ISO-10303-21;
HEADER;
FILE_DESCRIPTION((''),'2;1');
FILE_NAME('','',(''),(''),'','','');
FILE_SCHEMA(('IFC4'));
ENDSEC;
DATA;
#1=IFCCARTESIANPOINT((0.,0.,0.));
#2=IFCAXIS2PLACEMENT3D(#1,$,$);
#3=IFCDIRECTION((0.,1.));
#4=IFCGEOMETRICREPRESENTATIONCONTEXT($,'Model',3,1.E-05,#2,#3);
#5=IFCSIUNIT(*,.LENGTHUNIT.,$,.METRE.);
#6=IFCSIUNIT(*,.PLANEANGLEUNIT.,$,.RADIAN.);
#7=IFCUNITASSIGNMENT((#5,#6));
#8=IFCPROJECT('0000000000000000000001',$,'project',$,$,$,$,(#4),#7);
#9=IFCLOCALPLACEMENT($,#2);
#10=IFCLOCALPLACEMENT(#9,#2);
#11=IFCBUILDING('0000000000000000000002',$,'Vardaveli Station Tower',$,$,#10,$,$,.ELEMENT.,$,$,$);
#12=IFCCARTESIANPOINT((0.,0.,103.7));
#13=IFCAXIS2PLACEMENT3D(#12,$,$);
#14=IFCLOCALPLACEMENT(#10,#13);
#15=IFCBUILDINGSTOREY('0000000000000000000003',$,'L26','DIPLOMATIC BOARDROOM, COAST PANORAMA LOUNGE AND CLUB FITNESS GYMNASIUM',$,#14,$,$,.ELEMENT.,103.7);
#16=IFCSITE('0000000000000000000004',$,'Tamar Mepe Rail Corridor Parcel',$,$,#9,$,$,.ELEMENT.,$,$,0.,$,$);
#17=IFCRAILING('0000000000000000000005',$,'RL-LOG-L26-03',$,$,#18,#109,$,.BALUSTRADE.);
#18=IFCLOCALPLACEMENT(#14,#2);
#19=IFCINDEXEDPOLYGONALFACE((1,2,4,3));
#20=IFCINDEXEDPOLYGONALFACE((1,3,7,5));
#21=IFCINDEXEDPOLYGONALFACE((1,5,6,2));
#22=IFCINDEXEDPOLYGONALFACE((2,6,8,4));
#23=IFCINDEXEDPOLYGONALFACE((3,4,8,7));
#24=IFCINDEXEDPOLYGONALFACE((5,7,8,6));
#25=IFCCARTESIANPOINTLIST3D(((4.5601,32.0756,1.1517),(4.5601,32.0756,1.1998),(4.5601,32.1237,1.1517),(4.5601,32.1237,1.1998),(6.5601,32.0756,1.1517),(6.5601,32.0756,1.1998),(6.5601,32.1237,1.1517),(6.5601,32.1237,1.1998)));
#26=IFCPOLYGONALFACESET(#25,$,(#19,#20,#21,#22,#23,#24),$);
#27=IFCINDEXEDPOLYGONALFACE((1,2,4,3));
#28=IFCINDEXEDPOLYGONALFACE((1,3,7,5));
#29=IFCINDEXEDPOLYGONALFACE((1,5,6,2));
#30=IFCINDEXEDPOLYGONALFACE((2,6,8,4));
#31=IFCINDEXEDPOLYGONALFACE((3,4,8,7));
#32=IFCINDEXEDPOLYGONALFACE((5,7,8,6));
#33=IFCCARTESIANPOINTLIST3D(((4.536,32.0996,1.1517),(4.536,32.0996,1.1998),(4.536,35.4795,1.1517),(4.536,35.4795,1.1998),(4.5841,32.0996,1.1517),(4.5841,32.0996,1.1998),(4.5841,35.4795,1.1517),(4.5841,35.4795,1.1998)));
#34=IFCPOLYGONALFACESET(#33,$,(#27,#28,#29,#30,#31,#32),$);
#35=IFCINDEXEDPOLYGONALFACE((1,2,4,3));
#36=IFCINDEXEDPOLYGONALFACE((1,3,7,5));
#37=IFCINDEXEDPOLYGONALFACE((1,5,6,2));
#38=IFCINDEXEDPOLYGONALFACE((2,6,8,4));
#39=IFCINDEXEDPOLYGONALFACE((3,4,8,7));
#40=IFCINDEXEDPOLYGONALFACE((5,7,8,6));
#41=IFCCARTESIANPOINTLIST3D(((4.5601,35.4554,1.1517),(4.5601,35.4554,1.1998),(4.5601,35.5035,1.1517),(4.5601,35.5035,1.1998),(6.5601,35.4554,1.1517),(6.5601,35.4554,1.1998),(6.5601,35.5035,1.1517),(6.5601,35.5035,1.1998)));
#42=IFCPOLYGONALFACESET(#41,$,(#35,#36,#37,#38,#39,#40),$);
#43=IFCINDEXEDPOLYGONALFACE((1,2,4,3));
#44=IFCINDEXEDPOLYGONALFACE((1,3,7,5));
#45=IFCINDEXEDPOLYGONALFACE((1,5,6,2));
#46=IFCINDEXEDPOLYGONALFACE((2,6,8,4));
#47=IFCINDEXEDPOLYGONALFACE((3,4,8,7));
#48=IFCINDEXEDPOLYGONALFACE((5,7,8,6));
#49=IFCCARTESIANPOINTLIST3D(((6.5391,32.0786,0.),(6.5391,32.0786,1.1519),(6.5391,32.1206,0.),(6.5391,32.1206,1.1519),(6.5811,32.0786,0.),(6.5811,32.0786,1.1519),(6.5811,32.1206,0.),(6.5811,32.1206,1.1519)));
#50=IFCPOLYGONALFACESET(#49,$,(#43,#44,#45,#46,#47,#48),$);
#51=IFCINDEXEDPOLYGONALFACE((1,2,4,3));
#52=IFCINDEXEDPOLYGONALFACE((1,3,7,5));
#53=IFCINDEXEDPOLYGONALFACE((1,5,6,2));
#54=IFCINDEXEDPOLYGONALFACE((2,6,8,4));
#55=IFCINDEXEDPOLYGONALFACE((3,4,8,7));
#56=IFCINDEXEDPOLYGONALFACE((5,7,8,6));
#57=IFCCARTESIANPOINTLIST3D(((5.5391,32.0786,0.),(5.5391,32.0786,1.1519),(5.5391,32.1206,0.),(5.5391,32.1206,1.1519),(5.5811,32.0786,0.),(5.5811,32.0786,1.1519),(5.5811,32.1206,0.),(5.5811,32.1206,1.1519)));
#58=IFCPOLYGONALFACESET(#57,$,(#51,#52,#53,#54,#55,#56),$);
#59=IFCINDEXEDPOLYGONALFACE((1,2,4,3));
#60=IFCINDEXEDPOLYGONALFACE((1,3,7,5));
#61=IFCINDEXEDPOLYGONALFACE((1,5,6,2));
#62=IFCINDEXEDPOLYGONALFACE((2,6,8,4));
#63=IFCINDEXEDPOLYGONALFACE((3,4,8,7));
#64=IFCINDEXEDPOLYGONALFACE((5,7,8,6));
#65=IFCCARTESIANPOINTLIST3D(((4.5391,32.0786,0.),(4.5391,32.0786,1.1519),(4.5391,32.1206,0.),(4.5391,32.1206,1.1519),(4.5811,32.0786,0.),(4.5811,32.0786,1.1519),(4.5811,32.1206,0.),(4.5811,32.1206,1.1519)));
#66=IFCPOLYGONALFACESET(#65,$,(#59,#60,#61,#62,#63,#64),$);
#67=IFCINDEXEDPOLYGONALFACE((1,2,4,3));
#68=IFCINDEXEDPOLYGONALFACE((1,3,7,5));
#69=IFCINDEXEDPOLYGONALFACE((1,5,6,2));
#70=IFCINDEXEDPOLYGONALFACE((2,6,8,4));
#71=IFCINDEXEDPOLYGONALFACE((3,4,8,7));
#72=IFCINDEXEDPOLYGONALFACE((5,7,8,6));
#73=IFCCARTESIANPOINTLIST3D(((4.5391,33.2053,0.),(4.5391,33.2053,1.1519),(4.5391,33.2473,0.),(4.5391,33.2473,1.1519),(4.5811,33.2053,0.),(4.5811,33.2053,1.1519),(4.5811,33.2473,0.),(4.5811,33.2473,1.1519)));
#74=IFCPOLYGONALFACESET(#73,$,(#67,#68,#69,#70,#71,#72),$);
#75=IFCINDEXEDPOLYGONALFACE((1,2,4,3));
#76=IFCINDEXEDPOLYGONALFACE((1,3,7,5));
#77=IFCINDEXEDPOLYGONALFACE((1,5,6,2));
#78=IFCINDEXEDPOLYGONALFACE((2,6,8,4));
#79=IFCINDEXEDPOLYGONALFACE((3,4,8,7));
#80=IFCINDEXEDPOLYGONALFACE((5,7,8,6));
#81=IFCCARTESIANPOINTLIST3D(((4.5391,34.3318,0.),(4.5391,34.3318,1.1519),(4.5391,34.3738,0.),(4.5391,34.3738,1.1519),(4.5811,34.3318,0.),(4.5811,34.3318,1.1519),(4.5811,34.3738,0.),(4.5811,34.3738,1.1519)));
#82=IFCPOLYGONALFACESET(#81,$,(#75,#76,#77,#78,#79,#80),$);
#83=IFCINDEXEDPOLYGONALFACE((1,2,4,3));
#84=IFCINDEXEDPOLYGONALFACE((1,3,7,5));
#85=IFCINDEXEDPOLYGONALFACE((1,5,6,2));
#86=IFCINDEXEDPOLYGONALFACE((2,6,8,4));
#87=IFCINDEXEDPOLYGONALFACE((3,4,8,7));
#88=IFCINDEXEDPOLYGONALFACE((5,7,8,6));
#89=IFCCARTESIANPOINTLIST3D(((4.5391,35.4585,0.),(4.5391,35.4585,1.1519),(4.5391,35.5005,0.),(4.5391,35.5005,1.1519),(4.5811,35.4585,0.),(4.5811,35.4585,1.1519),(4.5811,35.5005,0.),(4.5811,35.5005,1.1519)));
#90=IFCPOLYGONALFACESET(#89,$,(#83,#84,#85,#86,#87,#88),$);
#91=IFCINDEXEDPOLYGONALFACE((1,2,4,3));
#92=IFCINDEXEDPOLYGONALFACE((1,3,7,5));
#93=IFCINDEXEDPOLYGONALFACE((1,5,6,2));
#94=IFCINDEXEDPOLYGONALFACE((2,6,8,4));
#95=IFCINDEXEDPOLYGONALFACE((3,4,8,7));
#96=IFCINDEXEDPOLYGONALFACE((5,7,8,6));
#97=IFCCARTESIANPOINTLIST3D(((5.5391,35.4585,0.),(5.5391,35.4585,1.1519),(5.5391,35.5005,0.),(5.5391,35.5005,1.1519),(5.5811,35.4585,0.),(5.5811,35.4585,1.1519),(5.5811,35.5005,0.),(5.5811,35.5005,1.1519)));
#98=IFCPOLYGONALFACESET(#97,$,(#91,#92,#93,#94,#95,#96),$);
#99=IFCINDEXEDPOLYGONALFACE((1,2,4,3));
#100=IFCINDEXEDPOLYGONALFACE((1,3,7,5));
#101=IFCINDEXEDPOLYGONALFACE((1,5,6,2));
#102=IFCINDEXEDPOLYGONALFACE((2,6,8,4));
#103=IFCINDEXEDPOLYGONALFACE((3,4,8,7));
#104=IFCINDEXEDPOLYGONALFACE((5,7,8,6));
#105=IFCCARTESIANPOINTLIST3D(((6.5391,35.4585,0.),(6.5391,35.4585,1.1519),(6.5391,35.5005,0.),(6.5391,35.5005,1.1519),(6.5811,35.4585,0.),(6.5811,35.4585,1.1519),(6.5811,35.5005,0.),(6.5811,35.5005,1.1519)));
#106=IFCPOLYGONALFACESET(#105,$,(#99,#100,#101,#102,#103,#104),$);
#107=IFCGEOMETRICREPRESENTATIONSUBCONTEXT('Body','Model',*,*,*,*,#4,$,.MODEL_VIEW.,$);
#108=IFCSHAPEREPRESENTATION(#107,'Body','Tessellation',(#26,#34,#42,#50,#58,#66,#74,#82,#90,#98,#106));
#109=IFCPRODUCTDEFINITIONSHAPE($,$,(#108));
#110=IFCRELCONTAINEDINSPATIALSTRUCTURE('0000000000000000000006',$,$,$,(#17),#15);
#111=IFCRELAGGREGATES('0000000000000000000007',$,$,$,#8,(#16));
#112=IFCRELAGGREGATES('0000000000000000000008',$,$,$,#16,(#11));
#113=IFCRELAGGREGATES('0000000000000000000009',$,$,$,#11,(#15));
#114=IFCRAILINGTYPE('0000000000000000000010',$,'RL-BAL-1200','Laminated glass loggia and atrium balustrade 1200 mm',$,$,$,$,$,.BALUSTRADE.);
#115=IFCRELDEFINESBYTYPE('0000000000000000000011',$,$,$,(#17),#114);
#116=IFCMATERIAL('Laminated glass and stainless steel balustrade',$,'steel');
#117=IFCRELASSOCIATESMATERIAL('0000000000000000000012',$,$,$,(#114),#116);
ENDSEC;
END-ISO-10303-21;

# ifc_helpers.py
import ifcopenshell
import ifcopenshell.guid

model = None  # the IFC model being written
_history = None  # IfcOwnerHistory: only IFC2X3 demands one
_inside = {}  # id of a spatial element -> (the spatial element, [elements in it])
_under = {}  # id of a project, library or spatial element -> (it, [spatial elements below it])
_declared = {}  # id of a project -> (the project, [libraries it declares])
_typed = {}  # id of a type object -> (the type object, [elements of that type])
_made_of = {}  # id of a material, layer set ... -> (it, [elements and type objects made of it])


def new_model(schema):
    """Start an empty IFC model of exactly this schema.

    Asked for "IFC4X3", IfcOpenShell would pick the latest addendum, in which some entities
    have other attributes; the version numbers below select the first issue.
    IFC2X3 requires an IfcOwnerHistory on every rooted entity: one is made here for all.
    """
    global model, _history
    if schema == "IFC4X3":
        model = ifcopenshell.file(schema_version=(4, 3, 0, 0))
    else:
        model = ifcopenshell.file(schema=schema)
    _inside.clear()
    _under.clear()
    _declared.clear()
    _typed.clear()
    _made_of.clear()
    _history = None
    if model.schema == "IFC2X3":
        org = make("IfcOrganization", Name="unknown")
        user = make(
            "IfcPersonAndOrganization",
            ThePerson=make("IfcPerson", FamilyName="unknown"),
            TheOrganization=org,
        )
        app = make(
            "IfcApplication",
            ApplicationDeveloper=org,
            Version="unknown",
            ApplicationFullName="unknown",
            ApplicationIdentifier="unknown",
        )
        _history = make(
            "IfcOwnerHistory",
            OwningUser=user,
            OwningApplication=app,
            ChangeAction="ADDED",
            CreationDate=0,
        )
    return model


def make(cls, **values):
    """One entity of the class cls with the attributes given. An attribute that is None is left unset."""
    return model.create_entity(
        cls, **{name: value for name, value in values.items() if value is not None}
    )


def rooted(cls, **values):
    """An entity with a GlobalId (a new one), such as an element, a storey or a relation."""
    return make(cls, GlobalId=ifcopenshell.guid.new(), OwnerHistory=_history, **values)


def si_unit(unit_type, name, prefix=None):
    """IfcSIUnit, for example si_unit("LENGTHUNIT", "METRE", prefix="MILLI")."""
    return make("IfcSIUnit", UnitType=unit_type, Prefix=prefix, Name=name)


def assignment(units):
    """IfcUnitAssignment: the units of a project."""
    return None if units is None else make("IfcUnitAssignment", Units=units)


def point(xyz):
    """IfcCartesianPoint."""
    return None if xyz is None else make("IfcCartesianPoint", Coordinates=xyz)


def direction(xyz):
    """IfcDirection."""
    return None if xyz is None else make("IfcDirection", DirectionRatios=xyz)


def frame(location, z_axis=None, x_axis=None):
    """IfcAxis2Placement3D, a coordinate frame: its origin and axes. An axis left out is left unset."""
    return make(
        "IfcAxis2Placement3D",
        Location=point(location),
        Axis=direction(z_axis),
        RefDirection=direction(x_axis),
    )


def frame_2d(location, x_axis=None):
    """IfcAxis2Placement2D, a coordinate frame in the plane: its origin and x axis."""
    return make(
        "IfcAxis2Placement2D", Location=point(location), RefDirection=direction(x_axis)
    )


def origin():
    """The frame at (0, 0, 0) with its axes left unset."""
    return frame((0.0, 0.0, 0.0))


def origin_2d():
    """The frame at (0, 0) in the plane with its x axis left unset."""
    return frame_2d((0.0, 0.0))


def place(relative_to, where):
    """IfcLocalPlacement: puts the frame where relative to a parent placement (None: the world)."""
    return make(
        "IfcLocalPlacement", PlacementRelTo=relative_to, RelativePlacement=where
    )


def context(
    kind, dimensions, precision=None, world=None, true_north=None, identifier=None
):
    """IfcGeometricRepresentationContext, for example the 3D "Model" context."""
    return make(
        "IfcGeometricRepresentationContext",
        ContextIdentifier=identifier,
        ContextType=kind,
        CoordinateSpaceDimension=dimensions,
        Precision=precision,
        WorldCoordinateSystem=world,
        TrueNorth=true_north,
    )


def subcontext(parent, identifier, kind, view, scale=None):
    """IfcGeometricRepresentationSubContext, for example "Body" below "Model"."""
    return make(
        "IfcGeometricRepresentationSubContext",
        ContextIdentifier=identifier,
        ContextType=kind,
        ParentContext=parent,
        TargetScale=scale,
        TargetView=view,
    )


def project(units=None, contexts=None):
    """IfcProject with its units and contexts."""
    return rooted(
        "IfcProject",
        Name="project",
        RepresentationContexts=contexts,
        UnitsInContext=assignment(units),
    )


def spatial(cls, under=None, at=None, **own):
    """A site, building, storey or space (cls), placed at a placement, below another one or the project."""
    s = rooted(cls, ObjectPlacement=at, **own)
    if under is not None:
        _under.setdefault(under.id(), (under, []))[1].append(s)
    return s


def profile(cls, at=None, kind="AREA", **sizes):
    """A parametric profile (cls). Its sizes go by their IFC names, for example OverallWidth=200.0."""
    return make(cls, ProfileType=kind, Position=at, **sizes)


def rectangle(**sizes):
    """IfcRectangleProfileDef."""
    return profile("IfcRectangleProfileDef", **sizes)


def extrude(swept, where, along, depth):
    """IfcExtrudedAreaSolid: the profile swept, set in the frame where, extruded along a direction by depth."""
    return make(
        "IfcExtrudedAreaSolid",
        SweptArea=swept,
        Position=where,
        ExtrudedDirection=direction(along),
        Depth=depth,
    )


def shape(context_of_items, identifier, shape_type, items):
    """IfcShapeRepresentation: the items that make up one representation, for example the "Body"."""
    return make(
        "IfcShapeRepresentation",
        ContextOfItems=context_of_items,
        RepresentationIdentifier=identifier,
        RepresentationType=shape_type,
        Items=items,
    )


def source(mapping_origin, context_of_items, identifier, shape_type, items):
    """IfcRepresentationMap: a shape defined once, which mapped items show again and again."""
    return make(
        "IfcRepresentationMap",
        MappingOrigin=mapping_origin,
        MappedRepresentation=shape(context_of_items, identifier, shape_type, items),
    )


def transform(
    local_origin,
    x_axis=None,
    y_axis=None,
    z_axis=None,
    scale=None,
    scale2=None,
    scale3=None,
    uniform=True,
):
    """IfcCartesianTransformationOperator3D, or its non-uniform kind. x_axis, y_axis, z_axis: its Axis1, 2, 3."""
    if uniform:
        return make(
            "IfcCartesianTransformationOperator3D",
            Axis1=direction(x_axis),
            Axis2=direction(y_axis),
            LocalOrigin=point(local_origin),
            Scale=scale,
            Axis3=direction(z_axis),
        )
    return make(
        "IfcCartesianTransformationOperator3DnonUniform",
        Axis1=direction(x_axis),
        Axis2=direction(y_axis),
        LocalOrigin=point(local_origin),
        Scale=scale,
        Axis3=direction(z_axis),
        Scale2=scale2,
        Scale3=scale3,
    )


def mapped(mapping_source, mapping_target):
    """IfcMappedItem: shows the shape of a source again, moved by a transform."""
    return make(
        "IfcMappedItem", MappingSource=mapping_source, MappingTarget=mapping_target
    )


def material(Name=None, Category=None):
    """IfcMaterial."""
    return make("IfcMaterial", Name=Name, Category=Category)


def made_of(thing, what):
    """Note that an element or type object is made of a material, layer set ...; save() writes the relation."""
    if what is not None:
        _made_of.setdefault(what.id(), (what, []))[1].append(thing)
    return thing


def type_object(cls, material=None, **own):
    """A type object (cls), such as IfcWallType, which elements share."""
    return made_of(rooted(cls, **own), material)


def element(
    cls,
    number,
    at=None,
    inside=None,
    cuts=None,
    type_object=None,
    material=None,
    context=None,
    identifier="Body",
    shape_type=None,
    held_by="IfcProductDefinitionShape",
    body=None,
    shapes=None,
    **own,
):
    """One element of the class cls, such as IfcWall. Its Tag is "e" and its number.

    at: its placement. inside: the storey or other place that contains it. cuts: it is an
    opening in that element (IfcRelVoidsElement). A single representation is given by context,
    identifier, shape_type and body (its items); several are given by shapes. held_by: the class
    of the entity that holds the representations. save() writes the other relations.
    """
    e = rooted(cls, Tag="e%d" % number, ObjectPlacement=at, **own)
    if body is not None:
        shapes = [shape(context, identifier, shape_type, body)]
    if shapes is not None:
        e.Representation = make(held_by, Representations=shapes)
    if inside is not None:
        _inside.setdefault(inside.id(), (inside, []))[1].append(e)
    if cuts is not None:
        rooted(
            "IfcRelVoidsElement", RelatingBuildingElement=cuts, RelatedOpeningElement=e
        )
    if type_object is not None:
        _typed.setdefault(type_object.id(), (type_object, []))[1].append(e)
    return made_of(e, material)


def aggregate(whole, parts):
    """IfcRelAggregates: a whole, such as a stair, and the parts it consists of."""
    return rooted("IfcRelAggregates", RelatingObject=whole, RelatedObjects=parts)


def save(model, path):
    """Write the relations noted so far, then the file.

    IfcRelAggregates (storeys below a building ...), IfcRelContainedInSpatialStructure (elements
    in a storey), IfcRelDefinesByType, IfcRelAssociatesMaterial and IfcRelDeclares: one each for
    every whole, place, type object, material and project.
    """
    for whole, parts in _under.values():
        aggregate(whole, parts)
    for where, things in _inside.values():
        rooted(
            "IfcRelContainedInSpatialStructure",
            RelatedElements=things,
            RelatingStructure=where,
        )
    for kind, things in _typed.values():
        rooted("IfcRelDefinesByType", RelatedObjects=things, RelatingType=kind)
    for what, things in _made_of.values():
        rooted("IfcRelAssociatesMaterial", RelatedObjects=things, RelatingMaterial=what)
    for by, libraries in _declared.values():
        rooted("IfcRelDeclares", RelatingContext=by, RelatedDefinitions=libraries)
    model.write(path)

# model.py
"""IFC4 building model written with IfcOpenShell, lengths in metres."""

from ifc_helpers import new_model, si_unit, direction, frame, origin, origin_2d, place, context, subcontext, project, spatial, rectangle, extrude, source, transform, mapped, material, type_object, element, save


model = new_model("IFC4")

# Units and contexts
model_context = context("Model", 3, precision=1e-05, world=origin(), true_north=direction((0.0, 1.0)))
body_context = subcontext(model_context, "Body", "Model", "MODEL_VIEW")
ifc_project = project(units=[si_unit("LENGTHUNIT", "METRE"), si_unit("PLANEANGLEUNIT", "RADIAN")], contexts=[model_context])

# Site, building, storey
site_placement = place(None, origin())
site = spatial("IfcSite", under=ifc_project, at=site_placement, Name="Tamar Mepe Rail Corridor Parcel", CompositionType="ELEMENT", RefElevation=0.0)
building_placement = place(site_placement, origin())
building = spatial("IfcBuilding", under=site, at=building_placement, Name="Vardaveli Station Tower", CompositionType="ELEMENT")
storey_placement = place(building_placement, frame((0.0, 0.0, 103.7)))
storey = spatial("IfcBuildingStorey", under=building, at=storey_placement, Name="L26", Description="DIPLOMATIC BOARDROOM, COAST PANORAMA LOUNGE AND CLUB FITNESS GYMNASIUM", CompositionType="ELEMENT", Elevation=103.7)

# Railing
ifc_material_1 = material(Name="Laminated glass and stainless steel balustrade", Category="steel")
railing_type = type_object("IfcRailingType", Name="RL-BAL-1200", Description="Laminated glass loggia and atrium balustrade 1200 mm", PredefinedType="BALUSTRADE", material=ifc_material_1)
shared_shape_1 = source(origin(), body_context, "Body", "SweptSolid", [
    extrude(rectangle(XDim=0.0481, YDim=0.0481, at=origin_2d()), frame((0.0, 0.0, 1.1758), z_axis=(-1.0, 0.0, 0.0), x_axis=(0.0, -1.0, 0.0)), (0.0, 0.0, 1.0), 2.0),
    extrude(rectangle(XDim=0.0481, YDim=0.0481, at=origin_2d()), frame((-2.0, 0.0, 1.1758), z_axis=(0.0, 1.0, 0.0), x_axis=(-1.0, 0.0, 0.0)), (0.0, 0.0, 1.0), 3.3799),
    extrude(rectangle(XDim=0.0481, YDim=0.0481, at=origin_2d()), frame((-2.0, 3.3799, 1.1758), z_axis=(1.0, 0.0, 0.0), x_axis=(0.0, 1.0, 0.0)), (0.0, 0.0, 1.0), 2.0),
    extrude(rectangle(XDim=0.042, YDim=0.042, at=origin_2d()), origin(), (0.0, 0.0, 1.0), 1.1519),
    extrude(rectangle(XDim=0.042, YDim=0.042, at=origin_2d()), frame((-1.0, 0.0, 0.0)), (0.0, 0.0, 1.0), 1.1519),
    extrude(rectangle(XDim=0.042, YDim=0.042, at=origin_2d()), frame((-2.0, 0.0, 0.0)), (0.0, 0.0, 1.0), 1.1519),
    extrude(rectangle(XDim=0.042, YDim=0.042, at=origin_2d()), frame((-2.0, 1.1267, 0.0)), (0.0, 0.0, 1.0), 1.1519),
    extrude(rectangle(XDim=0.042, YDim=0.042, at=origin_2d()), frame((-2.0, 2.2532, 0.0)), (0.0, 0.0, 1.0), 1.1519),
    extrude(rectangle(XDim=0.042, YDim=0.042, at=origin_2d()), frame((-2.0, 3.3799, 0.0)), (0.0, 0.0, 1.0), 1.1519),
    extrude(rectangle(XDim=0.042, YDim=0.042, at=origin_2d()), frame((-1.0, 3.3799, 0.0)), (0.0, 0.0, 1.0), 1.1519),
    extrude(rectangle(XDim=0.042, YDim=0.042, at=origin_2d()), frame((0.0, 3.3799, 0.0)), (0.0, 0.0, 1.0), 1.1519),
])
railing_placement = place(storey_placement, frame((6.5601, 32.0996, 0.0)))
element("IfcRailing", 1, at=railing_placement, inside=storey, type_object=railing_type, Name="RL-LOG-L26-03", PredefinedType="BALUSTRADE", context=body_context, shape_type="MappedRepresentation", body=[
    mapped(shared_shape_1, transform((0.0, 0.0, 0.0), scale=1.0)),
])

save(model, "model.ifc")
